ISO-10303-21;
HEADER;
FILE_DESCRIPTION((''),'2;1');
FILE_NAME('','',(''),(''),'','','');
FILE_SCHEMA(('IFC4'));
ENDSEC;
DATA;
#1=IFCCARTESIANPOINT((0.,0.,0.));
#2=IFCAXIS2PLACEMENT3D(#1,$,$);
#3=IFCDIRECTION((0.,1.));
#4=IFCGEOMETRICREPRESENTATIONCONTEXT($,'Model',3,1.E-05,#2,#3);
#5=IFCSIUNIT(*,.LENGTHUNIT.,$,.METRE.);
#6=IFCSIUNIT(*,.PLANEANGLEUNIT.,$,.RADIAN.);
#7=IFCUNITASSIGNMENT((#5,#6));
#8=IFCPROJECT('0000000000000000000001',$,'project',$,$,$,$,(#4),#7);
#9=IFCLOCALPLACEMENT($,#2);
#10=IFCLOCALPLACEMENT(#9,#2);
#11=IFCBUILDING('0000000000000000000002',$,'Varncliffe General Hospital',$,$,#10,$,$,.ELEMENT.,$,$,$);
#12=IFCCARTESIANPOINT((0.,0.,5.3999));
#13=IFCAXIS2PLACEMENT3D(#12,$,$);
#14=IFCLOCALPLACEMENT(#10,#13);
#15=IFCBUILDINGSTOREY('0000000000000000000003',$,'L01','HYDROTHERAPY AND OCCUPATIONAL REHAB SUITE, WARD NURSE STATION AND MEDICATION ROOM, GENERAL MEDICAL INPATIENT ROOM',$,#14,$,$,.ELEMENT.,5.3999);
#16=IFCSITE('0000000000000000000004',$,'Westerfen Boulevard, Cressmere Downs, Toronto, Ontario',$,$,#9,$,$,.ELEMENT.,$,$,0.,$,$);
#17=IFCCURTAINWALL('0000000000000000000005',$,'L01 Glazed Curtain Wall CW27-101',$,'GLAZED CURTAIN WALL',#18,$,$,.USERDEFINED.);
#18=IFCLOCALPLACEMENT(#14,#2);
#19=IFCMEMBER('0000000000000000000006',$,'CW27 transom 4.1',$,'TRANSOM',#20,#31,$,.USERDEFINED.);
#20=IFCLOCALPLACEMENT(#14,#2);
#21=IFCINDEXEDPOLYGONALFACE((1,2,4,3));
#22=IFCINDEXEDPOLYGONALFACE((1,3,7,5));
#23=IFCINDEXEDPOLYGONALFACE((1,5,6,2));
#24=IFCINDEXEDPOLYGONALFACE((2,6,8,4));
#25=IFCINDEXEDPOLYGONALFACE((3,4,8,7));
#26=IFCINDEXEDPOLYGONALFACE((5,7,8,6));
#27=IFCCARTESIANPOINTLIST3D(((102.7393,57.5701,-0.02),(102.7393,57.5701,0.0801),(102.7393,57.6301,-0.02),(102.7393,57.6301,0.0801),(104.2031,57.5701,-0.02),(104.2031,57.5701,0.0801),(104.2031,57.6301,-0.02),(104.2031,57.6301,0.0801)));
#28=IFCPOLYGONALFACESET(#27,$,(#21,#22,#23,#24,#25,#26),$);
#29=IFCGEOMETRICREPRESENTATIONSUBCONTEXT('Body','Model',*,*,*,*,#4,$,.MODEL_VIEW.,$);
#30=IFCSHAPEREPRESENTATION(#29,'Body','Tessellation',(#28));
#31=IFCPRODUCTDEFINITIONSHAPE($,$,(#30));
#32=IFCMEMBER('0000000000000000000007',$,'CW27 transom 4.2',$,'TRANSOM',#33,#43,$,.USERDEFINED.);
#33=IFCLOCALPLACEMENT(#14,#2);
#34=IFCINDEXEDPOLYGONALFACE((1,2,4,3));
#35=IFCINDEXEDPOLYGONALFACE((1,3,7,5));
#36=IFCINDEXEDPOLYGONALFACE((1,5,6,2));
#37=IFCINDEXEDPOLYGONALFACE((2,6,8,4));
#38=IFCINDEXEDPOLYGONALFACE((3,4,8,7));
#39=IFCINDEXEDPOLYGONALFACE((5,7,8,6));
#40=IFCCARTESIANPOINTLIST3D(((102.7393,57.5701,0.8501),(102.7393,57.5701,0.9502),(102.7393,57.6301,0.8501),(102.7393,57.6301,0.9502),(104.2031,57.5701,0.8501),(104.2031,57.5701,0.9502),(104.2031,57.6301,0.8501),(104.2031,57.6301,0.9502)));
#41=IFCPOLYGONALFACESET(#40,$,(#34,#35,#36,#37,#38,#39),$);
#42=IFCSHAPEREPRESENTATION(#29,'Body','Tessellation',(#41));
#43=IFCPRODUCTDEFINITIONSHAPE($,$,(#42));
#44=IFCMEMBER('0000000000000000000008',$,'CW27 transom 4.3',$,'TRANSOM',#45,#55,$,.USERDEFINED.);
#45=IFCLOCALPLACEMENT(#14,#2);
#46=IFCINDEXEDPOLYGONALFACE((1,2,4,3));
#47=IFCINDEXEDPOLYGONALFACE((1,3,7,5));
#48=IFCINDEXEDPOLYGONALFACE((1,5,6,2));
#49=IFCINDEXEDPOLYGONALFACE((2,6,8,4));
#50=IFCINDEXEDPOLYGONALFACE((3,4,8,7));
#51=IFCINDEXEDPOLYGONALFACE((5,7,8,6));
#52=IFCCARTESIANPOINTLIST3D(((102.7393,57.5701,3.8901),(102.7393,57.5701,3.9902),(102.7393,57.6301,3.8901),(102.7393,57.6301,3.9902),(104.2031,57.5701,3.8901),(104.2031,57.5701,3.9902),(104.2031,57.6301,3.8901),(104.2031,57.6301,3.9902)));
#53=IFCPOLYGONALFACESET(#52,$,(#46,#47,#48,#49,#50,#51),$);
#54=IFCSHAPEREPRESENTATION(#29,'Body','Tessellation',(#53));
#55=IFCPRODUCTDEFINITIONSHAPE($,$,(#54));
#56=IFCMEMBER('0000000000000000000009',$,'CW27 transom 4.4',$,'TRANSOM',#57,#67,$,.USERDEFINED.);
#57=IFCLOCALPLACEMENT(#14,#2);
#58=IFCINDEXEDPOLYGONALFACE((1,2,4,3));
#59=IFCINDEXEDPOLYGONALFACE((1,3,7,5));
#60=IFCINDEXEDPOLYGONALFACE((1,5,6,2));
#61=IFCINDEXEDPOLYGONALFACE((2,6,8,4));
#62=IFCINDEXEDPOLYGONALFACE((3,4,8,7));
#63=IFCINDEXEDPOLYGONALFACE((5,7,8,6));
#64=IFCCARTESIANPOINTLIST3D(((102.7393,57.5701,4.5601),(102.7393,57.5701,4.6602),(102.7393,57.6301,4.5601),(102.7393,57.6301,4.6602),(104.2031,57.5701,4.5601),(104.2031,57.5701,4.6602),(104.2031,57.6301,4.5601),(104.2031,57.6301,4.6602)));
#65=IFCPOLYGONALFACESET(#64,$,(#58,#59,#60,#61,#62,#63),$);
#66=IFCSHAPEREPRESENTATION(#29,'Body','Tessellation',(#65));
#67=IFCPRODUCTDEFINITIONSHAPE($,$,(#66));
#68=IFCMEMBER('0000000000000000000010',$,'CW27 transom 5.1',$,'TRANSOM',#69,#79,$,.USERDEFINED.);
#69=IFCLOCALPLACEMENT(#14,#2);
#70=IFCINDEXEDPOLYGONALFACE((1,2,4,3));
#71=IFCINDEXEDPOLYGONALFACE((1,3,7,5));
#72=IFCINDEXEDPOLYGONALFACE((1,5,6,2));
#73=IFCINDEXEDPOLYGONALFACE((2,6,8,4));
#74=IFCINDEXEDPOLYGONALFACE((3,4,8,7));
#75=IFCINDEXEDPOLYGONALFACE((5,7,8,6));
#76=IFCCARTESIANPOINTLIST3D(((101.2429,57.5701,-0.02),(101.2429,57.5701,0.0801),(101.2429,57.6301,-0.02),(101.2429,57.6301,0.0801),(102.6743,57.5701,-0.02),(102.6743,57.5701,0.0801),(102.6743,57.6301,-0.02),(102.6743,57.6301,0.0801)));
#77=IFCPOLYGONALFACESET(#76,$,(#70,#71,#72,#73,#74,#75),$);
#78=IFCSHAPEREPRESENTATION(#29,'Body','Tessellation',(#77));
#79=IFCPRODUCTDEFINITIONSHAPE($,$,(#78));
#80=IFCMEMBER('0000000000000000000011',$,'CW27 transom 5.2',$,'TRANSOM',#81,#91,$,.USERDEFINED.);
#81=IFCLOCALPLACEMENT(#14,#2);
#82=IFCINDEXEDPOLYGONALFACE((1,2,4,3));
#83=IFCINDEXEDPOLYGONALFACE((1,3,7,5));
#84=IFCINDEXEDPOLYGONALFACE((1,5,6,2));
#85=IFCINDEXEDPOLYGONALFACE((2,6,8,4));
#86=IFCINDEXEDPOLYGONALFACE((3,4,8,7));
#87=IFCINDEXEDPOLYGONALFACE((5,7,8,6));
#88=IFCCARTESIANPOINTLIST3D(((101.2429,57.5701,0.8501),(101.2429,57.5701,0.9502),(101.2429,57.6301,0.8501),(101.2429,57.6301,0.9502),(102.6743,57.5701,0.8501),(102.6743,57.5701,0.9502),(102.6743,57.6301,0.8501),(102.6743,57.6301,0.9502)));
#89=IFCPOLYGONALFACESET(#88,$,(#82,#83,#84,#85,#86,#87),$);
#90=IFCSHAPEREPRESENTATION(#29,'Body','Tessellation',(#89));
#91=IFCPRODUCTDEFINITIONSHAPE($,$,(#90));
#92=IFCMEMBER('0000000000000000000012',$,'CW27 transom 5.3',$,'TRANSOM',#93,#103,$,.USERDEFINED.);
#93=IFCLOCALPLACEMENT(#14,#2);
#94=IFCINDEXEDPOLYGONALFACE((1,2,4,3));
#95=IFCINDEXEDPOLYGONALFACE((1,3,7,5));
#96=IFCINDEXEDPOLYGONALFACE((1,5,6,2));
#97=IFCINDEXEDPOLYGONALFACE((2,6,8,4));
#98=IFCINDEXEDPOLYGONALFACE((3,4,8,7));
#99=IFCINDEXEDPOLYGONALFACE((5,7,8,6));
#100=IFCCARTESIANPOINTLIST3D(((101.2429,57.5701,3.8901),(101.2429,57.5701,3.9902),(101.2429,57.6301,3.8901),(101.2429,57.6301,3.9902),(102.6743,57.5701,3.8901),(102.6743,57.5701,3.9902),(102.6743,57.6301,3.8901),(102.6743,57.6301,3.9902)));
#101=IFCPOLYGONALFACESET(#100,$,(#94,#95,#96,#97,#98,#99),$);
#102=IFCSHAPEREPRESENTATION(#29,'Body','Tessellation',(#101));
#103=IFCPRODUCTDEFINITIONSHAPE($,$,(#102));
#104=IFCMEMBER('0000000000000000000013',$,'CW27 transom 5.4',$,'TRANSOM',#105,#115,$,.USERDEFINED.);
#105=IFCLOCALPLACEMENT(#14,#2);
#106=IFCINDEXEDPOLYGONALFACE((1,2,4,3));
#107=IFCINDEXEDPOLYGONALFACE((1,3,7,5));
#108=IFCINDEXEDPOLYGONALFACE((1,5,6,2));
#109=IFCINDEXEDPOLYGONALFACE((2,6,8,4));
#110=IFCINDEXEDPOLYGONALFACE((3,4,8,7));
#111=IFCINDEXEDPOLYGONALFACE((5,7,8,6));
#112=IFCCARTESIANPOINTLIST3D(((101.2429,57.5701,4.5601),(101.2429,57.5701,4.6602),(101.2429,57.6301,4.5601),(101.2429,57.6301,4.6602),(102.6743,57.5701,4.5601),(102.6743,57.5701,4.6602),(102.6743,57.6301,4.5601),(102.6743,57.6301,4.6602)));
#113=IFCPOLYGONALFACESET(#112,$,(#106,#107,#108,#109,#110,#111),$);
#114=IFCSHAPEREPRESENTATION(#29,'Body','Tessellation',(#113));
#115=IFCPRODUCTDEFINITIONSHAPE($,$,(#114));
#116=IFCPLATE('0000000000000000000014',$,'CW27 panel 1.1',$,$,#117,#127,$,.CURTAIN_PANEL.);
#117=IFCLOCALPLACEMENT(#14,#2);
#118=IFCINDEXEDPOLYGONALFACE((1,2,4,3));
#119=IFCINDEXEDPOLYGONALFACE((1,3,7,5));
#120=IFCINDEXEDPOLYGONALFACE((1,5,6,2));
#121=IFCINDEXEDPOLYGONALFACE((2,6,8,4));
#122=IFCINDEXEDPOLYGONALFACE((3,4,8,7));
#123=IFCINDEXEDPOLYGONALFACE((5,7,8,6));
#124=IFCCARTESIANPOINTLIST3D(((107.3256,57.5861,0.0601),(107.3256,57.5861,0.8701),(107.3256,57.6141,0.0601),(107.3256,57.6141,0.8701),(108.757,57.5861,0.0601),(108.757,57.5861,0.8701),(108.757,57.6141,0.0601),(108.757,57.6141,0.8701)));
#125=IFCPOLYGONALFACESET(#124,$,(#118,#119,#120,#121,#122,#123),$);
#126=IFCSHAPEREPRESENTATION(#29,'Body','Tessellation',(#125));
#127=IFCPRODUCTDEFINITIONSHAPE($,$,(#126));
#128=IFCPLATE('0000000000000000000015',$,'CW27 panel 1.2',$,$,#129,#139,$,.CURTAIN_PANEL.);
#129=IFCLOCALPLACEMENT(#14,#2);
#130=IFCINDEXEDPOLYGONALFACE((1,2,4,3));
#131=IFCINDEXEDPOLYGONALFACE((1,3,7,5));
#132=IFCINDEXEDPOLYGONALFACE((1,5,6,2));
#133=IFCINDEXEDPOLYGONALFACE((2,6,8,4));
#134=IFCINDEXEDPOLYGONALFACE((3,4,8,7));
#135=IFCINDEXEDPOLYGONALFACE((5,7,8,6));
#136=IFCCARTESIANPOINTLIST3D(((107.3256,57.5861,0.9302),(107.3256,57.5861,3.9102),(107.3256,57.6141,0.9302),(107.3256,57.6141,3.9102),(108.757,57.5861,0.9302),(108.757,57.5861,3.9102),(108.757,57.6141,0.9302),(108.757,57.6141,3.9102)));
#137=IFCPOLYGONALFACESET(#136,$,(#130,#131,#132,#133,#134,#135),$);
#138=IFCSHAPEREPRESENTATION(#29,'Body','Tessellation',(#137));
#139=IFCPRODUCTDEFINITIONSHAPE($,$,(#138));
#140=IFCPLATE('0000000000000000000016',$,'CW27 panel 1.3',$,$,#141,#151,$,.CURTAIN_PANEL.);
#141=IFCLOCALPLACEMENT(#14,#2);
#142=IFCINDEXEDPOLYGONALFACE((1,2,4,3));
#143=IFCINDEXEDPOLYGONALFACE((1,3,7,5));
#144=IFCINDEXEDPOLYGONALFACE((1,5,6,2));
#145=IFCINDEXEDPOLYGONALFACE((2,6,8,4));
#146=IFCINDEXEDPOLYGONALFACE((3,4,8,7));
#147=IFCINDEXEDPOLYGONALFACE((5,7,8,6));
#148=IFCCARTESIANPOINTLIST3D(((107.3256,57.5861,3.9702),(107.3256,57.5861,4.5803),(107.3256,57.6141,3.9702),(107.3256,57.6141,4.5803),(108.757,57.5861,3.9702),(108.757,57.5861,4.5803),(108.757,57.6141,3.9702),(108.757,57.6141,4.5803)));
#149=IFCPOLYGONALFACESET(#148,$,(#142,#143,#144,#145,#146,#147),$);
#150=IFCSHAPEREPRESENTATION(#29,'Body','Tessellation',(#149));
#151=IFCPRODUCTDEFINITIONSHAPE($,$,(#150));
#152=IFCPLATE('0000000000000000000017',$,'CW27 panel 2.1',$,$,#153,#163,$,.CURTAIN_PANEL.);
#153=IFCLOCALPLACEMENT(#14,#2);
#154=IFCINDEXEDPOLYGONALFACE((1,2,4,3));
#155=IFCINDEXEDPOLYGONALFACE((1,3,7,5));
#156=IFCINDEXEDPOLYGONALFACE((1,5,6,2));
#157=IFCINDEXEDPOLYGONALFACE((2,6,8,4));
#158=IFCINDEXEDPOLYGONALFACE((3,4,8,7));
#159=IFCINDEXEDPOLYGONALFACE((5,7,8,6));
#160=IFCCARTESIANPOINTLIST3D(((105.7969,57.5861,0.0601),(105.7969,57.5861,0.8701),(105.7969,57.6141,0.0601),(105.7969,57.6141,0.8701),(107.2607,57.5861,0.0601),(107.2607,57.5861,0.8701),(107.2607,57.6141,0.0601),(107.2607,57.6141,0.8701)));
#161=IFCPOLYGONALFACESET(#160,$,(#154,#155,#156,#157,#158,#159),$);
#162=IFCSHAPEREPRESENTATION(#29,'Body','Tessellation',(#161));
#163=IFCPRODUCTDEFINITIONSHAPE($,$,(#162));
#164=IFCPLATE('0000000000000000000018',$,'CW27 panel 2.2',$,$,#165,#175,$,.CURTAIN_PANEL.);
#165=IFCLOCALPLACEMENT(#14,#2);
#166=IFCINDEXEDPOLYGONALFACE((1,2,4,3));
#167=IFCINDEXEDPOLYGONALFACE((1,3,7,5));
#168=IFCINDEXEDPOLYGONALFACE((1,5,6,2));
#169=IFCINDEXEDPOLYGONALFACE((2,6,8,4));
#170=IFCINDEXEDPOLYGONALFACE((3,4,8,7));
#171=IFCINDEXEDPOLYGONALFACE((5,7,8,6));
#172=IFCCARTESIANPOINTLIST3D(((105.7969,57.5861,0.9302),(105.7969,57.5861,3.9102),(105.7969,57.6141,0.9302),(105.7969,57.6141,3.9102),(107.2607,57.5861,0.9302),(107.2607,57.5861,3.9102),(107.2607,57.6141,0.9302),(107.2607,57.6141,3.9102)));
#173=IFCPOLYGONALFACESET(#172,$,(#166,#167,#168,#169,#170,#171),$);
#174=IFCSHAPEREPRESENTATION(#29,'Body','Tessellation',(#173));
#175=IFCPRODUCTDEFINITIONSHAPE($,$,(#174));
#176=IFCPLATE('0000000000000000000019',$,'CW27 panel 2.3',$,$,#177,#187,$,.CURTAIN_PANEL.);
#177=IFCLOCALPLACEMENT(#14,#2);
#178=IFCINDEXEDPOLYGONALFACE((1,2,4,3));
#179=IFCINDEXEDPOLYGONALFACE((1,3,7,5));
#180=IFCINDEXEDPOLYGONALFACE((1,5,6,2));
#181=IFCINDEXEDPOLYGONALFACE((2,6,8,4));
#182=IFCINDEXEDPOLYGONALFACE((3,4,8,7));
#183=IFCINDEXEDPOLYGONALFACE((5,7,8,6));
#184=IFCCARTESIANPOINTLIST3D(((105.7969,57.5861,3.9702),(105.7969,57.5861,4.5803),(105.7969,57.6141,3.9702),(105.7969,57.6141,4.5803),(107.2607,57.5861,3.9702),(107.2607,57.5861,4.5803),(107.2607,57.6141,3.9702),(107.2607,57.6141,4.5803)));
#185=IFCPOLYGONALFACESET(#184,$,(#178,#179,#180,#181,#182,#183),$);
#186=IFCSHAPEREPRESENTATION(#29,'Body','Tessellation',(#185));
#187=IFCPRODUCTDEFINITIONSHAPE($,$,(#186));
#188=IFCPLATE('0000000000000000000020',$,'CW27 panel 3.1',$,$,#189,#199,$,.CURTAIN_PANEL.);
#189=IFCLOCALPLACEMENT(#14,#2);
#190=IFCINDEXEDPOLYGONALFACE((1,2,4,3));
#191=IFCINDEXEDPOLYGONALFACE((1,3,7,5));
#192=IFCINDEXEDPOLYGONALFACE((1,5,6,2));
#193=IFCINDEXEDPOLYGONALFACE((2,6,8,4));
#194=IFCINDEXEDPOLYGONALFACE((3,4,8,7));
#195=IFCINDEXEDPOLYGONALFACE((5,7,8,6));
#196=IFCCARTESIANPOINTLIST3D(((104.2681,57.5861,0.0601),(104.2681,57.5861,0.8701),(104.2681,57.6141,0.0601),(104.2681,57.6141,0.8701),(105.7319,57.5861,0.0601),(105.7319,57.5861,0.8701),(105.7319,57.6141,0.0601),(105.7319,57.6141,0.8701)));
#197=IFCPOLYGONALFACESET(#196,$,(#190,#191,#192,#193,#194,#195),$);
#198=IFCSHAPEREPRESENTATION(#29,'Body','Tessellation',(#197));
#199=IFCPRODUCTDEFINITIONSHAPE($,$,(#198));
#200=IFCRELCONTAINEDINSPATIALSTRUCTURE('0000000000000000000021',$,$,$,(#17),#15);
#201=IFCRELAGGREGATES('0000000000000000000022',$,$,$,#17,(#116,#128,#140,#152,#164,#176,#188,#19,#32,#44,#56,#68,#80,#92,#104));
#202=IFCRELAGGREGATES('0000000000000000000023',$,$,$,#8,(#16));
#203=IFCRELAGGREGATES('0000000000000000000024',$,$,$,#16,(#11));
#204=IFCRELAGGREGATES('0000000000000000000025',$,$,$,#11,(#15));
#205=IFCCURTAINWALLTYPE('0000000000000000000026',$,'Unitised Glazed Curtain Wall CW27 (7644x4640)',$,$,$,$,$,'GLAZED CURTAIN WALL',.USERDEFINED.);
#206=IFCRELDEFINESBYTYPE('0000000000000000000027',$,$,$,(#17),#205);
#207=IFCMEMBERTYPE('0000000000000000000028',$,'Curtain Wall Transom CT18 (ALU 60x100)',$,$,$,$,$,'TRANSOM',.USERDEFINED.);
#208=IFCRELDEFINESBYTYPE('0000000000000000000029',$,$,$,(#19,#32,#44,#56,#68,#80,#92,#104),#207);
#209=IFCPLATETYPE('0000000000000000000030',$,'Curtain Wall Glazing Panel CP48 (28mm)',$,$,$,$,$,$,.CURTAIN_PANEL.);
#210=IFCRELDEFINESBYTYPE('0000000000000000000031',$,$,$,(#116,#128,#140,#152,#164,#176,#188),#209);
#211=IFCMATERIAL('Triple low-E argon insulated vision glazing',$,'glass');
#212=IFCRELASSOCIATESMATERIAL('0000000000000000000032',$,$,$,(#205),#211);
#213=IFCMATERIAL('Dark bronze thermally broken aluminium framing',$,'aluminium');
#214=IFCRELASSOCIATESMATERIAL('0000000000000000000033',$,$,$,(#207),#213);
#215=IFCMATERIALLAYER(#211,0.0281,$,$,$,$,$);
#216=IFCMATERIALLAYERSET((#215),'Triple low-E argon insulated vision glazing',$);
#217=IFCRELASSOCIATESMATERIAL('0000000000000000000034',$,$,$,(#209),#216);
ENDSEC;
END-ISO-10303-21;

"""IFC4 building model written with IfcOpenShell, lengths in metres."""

from ifc_helpers import new_model, si_unit, direction, frame, origin, origin_2d, place, context, subcontext, project, spatial, rectangle, extrude, material, layer, layer_set, material_profile, profile_set, type_object, element, aggregate, save


model = new_model("IFC4")

# Units and contexts
model_context = context("Model", 3, precision=1e-05, world=origin(), true_north=direction((0.0, 1.0)))
body_context = subcontext(model_context, "Body", "Model", "MODEL_VIEW")
ifc_project = project(units=[si_unit("LENGTHUNIT", "METRE"), si_unit("PLANEANGLEUNIT", "RADIAN")], contexts=[model_context])

# Site, building, storey
site_placement = place(None, origin())
site = spatial("IfcSite", under=ifc_project, at=site_placement, Name="Westerfen Boulevard, Cressmere Downs, Toronto, Ontario", CompositionType="ELEMENT", RefElevation=0.0)
building_placement = place(site_placement, origin())
building = spatial("IfcBuilding", under=site, at=building_placement, Name="Varncliffe General Hospital", CompositionType="ELEMENT")
storey_placement = place(building_placement, frame((0.0, 0.0, 5.3999)))
storey = spatial("IfcBuildingStorey", under=building, at=storey_placement, Name="L01", Description="HYDROTHERAPY AND OCCUPATIONAL REHAB SUITE, WARD NURSE STATION AND MEDICATION ROOM, GENERAL MEDICAL INPATIENT ROOM", CompositionType="ELEMENT", Elevation=5.3999)

# Curtain wall, members, plates
ifc_material_1 = material(Name="Triple low-E argon insulated vision glazing", Category="glass")
curtain_wall_type = type_object("IfcCurtainWallType", Name="Unitised Glazed Curtain Wall CW27 (7644x4640)", ElementType="GLAZED CURTAIN WALL", PredefinedType="USERDEFINED", material=ifc_material_1)
curtain_wall_placement = place(storey_placement, origin())
curtain_wall = element("IfcCurtainWall", 1, at=curtain_wall_placement, inside=storey, type_object=curtain_wall_type, Name="L01 Glazed Curtain Wall CW27-101", ObjectType="GLAZED CURTAIN WALL", PredefinedType="USERDEFINED")
ifc_material_2 = material(Name="Dark bronze thermally broken aluminium framing", Category="aluminium")
ifc_material_profile_1 = material_profile(ifc_material_2, rectangle(XDim=0.0601, YDim=0.1001, at=origin_2d()), Name="ALU 60x100")
ifc_profile_set_1 = profile_set([ifc_material_profile_1], Name="Dark bronze thermally broken aluminium framing")
member_type_1 = type_object("IfcMemberType", Name="Curtain Wall Transom CT18 (ALU 60x100)", ElementType="TRANSOM", PredefinedType="USERDEFINED", material=ifc_profile_set_1)
member_1_placement = place(storey_placement, frame((104.2031, 57.6001, 0.03), z_axis=(-1.0, 0.0, 0.0), x_axis=(0.0, -1.0, 0.0)))
member_1 = element("IfcMember", 2, at=member_1_placement, type_object=member_type_1, Name="CW27 transom 4.1", ObjectType="TRANSOM", PredefinedType="USERDEFINED", context=body_context, shape_type="SweptSolid", body=[
    extrude(rectangle(XDim=0.0601, YDim=0.1001, at=origin_2d()), origin(), (0.0, 0.0, 1.0), 1.4639),
])
member_2_placement = place(storey_placement, frame((104.2031, 57.6001, 0.9001), z_axis=(-1.0, 0.0, 0.0), x_axis=(0.0, -1.0, 0.0)))
member_2 = element("IfcMember", 3, at=member_2_placement, type_object=member_type_1, Name="CW27 transom 4.2", ObjectType="TRANSOM", PredefinedType="USERDEFINED", context=body_context, shape_type="SweptSolid", body=[
    extrude(rectangle(XDim=0.0601, YDim=0.1001, at=origin_2d()), origin(), (0.0, 0.0, 1.0), 1.4639),
])
member_3_placement = place(storey_placement, frame((104.2031, 57.6001, 3.9402), z_axis=(-1.0, 0.0, 0.0), x_axis=(0.0, -1.0, 0.0)))
member_3 = element("IfcMember", 4, at=member_3_placement, type_object=member_type_1, Name="CW27 transom 4.3", ObjectType="TRANSOM", PredefinedType="USERDEFINED", context=body_context, shape_type="SweptSolid", body=[
    extrude(rectangle(XDim=0.0601, YDim=0.1001, at=origin_2d()), origin(), (0.0, 0.0, 1.0), 1.4639),
])
member_4_placement = place(storey_placement, frame((104.2031, 57.6001, 4.6101), z_axis=(-1.0, 0.0, 0.0), x_axis=(0.0, -1.0, 0.0)))
member_4 = element("IfcMember", 5, at=member_4_placement, type_object=member_type_1, Name="CW27 transom 4.4", ObjectType="TRANSOM", PredefinedType="USERDEFINED", context=body_context, shape_type="SweptSolid", body=[
    extrude(rectangle(XDim=0.0601, YDim=0.1001, at=origin_2d()), origin(), (0.0, 0.0, 1.0), 1.4639),
])
member_5_placement = place(storey_placement, frame((102.6743, 57.6001, 0.03), z_axis=(-1.0, 0.0, 0.0), x_axis=(0.0, -1.0, 0.0)))
member_5 = element("IfcMember", 6, at=member_5_placement, type_object=member_type_1, Name="CW27 transom 5.1", ObjectType="TRANSOM", PredefinedType="USERDEFINED", context=body_context, shape_type="SweptSolid", body=[
    extrude(rectangle(XDim=0.0601, YDim=0.1001, at=origin_2d()), origin(), (0.0, 0.0, 1.0), 1.4314),
])
member_6_placement = place(storey_placement, frame((102.6743, 57.6001, 0.9001), z_axis=(-1.0, 0.0, 0.0), x_axis=(0.0, -1.0, 0.0)))
member_6 = element("IfcMember", 7, at=member_6_placement, type_object=member_type_1, Name="CW27 transom 5.2", ObjectType="TRANSOM", PredefinedType="USERDEFINED", context=body_context, shape_type="SweptSolid", body=[
    extrude(rectangle(XDim=0.0601, YDim=0.1001, at=origin_2d()), origin(), (0.0, 0.0, 1.0), 1.4314),
])
member_7_placement = place(storey_placement, frame((102.6743, 57.6001, 3.9402), z_axis=(-1.0, 0.0, 0.0), x_axis=(0.0, -1.0, 0.0)))
member_7 = element("IfcMember", 8, at=member_7_placement, type_object=member_type_1, Name="CW27 transom 5.3", ObjectType="TRANSOM", PredefinedType="USERDEFINED", context=body_context, shape_type="SweptSolid", body=[
    extrude(rectangle(XDim=0.0601, YDim=0.1001, at=origin_2d()), origin(), (0.0, 0.0, 1.0), 1.4314),
])
member_8_placement = place(storey_placement, frame((102.6743, 57.6001, 4.6101), z_axis=(-1.0, 0.0, 0.0), x_axis=(0.0, -1.0, 0.0)))
member_8 = element("IfcMember", 9, at=member_8_placement, type_object=member_type_1, Name="CW27 transom 5.4", ObjectType="TRANSOM", PredefinedType="USERDEFINED", context=body_context, shape_type="SweptSolid", body=[
    extrude(rectangle(XDim=0.0601, YDim=0.1001, at=origin_2d()), origin(), (0.0, 0.0, 1.0), 1.4314),
])
ifc_layer = layer(ifc_material_1, 0.0281)
ifc_layer_set = layer_set([ifc_layer], Name="Triple low-E argon insulated vision glazing")
plate_type = type_object("IfcPlateType", Name="Curtain Wall Glazing Panel CP48 (28mm)", PredefinedType="CURTAIN_PANEL", material=ifc_layer_set)
plate_1_placement = place(storey_placement, frame((108.0413, 57.6001, 0.0601), z_axis=(0.0, 0.0, 1.0), x_axis=(-1.0, 0.0, 0.0)))
plate_1 = element("IfcPlate", 10, at=plate_1_placement, type_object=plate_type, Name="CW27 panel 1.1", PredefinedType="CURTAIN_PANEL", context=body_context, shape_type="SweptSolid", body=[
    extrude(rectangle(XDim=1.4314, YDim=0.0281, at=origin_2d()), origin(), (0.0, 0.0, 1.0), 0.8101),
])
plate_2_placement = place(storey_placement, frame((108.0413, 57.6001, 0.9302), z_axis=(0.0, 0.0, 1.0), x_axis=(-1.0, 0.0, 0.0)))
plate_2 = element("IfcPlate", 11, at=plate_2_placement, type_object=plate_type, Name="CW27 panel 1.2", PredefinedType="CURTAIN_PANEL", context=body_context, shape_type="SweptSolid", body=[
    extrude(rectangle(XDim=1.4314, YDim=0.0281, at=origin_2d()), origin(), (0.0, 0.0, 1.0), 2.98),
])
plate_3_placement = place(storey_placement, frame((108.0413, 57.6001, 3.9702), z_axis=(0.0, 0.0, 1.0), x_axis=(-1.0, 0.0, 0.0)))
plate_3 = element("IfcPlate", 12, at=plate_3_placement, type_object=plate_type, Name="CW27 panel 1.3", PredefinedType="CURTAIN_PANEL", context=body_context, shape_type="SweptSolid", body=[
    extrude(rectangle(XDim=1.4314, YDim=0.0281, at=origin_2d()), origin(), (0.0, 0.0, 1.0), 0.6101),
])
plate_4_placement = place(storey_placement, frame((106.5288, 57.6001, 0.0601), z_axis=(0.0, 0.0, 1.0), x_axis=(-1.0, 0.0, 0.0)))
plate_4 = element("IfcPlate", 13, at=plate_4_placement, type_object=plate_type, Name="CW27 panel 2.1", PredefinedType="CURTAIN_PANEL", context=body_context, shape_type="SweptSolid", body=[
    extrude(rectangle(XDim=1.4639, YDim=0.0281, at=origin_2d()), origin(), (0.0, 0.0, 1.0), 0.8101),
])
plate_5_placement = place(storey_placement, frame((106.5288, 57.6001, 0.9302), z_axis=(0.0, 0.0, 1.0), x_axis=(-1.0, 0.0, 0.0)))
plate_5 = element("IfcPlate", 14, at=plate_5_placement, type_object=plate_type, Name="CW27 panel 2.2", PredefinedType="CURTAIN_PANEL", context=body_context, shape_type="SweptSolid", body=[
    extrude(rectangle(XDim=1.4639, YDim=0.0281, at=origin_2d()), origin(), (0.0, 0.0, 1.0), 2.98),
])
plate_6_placement = place(storey_placement, frame((106.5288, 57.6001, 3.9702), z_axis=(0.0, 0.0, 1.0), x_axis=(-1.0, 0.0, 0.0)))
plate_6 = element("IfcPlate", 15, at=plate_6_placement, type_object=plate_type, Name="CW27 panel 2.3", PredefinedType="CURTAIN_PANEL", context=body_context, shape_type="SweptSolid", body=[
    extrude(rectangle(XDim=1.4639, YDim=0.0281, at=origin_2d()), origin(), (0.0, 0.0, 1.0), 0.6101),
])
plate_7_placement = place(storey_placement, frame((105.0, 57.6001, 0.0601), z_axis=(0.0, 0.0, 1.0), x_axis=(-1.0, 0.0, 0.0)))
plate_7 = element("IfcPlate", 16, at=plate_7_placement, type_object=plate_type, Name="CW27 panel 3.1", PredefinedType="CURTAIN_PANEL", context=body_context, shape_type="SweptSolid", body=[
    extrude(rectangle(XDim=1.4639, YDim=0.0281, at=origin_2d()), origin(), (0.0, 0.0, 1.0), 0.8101),
])
aggregate(curtain_wall, [plate_1, plate_2, plate_3, plate_4, plate_5, plate_6, plate_7, member_1, member_2, member_3, member_4, member_5, member_6, member_7, member_8])

save(model, "model.ifc")
